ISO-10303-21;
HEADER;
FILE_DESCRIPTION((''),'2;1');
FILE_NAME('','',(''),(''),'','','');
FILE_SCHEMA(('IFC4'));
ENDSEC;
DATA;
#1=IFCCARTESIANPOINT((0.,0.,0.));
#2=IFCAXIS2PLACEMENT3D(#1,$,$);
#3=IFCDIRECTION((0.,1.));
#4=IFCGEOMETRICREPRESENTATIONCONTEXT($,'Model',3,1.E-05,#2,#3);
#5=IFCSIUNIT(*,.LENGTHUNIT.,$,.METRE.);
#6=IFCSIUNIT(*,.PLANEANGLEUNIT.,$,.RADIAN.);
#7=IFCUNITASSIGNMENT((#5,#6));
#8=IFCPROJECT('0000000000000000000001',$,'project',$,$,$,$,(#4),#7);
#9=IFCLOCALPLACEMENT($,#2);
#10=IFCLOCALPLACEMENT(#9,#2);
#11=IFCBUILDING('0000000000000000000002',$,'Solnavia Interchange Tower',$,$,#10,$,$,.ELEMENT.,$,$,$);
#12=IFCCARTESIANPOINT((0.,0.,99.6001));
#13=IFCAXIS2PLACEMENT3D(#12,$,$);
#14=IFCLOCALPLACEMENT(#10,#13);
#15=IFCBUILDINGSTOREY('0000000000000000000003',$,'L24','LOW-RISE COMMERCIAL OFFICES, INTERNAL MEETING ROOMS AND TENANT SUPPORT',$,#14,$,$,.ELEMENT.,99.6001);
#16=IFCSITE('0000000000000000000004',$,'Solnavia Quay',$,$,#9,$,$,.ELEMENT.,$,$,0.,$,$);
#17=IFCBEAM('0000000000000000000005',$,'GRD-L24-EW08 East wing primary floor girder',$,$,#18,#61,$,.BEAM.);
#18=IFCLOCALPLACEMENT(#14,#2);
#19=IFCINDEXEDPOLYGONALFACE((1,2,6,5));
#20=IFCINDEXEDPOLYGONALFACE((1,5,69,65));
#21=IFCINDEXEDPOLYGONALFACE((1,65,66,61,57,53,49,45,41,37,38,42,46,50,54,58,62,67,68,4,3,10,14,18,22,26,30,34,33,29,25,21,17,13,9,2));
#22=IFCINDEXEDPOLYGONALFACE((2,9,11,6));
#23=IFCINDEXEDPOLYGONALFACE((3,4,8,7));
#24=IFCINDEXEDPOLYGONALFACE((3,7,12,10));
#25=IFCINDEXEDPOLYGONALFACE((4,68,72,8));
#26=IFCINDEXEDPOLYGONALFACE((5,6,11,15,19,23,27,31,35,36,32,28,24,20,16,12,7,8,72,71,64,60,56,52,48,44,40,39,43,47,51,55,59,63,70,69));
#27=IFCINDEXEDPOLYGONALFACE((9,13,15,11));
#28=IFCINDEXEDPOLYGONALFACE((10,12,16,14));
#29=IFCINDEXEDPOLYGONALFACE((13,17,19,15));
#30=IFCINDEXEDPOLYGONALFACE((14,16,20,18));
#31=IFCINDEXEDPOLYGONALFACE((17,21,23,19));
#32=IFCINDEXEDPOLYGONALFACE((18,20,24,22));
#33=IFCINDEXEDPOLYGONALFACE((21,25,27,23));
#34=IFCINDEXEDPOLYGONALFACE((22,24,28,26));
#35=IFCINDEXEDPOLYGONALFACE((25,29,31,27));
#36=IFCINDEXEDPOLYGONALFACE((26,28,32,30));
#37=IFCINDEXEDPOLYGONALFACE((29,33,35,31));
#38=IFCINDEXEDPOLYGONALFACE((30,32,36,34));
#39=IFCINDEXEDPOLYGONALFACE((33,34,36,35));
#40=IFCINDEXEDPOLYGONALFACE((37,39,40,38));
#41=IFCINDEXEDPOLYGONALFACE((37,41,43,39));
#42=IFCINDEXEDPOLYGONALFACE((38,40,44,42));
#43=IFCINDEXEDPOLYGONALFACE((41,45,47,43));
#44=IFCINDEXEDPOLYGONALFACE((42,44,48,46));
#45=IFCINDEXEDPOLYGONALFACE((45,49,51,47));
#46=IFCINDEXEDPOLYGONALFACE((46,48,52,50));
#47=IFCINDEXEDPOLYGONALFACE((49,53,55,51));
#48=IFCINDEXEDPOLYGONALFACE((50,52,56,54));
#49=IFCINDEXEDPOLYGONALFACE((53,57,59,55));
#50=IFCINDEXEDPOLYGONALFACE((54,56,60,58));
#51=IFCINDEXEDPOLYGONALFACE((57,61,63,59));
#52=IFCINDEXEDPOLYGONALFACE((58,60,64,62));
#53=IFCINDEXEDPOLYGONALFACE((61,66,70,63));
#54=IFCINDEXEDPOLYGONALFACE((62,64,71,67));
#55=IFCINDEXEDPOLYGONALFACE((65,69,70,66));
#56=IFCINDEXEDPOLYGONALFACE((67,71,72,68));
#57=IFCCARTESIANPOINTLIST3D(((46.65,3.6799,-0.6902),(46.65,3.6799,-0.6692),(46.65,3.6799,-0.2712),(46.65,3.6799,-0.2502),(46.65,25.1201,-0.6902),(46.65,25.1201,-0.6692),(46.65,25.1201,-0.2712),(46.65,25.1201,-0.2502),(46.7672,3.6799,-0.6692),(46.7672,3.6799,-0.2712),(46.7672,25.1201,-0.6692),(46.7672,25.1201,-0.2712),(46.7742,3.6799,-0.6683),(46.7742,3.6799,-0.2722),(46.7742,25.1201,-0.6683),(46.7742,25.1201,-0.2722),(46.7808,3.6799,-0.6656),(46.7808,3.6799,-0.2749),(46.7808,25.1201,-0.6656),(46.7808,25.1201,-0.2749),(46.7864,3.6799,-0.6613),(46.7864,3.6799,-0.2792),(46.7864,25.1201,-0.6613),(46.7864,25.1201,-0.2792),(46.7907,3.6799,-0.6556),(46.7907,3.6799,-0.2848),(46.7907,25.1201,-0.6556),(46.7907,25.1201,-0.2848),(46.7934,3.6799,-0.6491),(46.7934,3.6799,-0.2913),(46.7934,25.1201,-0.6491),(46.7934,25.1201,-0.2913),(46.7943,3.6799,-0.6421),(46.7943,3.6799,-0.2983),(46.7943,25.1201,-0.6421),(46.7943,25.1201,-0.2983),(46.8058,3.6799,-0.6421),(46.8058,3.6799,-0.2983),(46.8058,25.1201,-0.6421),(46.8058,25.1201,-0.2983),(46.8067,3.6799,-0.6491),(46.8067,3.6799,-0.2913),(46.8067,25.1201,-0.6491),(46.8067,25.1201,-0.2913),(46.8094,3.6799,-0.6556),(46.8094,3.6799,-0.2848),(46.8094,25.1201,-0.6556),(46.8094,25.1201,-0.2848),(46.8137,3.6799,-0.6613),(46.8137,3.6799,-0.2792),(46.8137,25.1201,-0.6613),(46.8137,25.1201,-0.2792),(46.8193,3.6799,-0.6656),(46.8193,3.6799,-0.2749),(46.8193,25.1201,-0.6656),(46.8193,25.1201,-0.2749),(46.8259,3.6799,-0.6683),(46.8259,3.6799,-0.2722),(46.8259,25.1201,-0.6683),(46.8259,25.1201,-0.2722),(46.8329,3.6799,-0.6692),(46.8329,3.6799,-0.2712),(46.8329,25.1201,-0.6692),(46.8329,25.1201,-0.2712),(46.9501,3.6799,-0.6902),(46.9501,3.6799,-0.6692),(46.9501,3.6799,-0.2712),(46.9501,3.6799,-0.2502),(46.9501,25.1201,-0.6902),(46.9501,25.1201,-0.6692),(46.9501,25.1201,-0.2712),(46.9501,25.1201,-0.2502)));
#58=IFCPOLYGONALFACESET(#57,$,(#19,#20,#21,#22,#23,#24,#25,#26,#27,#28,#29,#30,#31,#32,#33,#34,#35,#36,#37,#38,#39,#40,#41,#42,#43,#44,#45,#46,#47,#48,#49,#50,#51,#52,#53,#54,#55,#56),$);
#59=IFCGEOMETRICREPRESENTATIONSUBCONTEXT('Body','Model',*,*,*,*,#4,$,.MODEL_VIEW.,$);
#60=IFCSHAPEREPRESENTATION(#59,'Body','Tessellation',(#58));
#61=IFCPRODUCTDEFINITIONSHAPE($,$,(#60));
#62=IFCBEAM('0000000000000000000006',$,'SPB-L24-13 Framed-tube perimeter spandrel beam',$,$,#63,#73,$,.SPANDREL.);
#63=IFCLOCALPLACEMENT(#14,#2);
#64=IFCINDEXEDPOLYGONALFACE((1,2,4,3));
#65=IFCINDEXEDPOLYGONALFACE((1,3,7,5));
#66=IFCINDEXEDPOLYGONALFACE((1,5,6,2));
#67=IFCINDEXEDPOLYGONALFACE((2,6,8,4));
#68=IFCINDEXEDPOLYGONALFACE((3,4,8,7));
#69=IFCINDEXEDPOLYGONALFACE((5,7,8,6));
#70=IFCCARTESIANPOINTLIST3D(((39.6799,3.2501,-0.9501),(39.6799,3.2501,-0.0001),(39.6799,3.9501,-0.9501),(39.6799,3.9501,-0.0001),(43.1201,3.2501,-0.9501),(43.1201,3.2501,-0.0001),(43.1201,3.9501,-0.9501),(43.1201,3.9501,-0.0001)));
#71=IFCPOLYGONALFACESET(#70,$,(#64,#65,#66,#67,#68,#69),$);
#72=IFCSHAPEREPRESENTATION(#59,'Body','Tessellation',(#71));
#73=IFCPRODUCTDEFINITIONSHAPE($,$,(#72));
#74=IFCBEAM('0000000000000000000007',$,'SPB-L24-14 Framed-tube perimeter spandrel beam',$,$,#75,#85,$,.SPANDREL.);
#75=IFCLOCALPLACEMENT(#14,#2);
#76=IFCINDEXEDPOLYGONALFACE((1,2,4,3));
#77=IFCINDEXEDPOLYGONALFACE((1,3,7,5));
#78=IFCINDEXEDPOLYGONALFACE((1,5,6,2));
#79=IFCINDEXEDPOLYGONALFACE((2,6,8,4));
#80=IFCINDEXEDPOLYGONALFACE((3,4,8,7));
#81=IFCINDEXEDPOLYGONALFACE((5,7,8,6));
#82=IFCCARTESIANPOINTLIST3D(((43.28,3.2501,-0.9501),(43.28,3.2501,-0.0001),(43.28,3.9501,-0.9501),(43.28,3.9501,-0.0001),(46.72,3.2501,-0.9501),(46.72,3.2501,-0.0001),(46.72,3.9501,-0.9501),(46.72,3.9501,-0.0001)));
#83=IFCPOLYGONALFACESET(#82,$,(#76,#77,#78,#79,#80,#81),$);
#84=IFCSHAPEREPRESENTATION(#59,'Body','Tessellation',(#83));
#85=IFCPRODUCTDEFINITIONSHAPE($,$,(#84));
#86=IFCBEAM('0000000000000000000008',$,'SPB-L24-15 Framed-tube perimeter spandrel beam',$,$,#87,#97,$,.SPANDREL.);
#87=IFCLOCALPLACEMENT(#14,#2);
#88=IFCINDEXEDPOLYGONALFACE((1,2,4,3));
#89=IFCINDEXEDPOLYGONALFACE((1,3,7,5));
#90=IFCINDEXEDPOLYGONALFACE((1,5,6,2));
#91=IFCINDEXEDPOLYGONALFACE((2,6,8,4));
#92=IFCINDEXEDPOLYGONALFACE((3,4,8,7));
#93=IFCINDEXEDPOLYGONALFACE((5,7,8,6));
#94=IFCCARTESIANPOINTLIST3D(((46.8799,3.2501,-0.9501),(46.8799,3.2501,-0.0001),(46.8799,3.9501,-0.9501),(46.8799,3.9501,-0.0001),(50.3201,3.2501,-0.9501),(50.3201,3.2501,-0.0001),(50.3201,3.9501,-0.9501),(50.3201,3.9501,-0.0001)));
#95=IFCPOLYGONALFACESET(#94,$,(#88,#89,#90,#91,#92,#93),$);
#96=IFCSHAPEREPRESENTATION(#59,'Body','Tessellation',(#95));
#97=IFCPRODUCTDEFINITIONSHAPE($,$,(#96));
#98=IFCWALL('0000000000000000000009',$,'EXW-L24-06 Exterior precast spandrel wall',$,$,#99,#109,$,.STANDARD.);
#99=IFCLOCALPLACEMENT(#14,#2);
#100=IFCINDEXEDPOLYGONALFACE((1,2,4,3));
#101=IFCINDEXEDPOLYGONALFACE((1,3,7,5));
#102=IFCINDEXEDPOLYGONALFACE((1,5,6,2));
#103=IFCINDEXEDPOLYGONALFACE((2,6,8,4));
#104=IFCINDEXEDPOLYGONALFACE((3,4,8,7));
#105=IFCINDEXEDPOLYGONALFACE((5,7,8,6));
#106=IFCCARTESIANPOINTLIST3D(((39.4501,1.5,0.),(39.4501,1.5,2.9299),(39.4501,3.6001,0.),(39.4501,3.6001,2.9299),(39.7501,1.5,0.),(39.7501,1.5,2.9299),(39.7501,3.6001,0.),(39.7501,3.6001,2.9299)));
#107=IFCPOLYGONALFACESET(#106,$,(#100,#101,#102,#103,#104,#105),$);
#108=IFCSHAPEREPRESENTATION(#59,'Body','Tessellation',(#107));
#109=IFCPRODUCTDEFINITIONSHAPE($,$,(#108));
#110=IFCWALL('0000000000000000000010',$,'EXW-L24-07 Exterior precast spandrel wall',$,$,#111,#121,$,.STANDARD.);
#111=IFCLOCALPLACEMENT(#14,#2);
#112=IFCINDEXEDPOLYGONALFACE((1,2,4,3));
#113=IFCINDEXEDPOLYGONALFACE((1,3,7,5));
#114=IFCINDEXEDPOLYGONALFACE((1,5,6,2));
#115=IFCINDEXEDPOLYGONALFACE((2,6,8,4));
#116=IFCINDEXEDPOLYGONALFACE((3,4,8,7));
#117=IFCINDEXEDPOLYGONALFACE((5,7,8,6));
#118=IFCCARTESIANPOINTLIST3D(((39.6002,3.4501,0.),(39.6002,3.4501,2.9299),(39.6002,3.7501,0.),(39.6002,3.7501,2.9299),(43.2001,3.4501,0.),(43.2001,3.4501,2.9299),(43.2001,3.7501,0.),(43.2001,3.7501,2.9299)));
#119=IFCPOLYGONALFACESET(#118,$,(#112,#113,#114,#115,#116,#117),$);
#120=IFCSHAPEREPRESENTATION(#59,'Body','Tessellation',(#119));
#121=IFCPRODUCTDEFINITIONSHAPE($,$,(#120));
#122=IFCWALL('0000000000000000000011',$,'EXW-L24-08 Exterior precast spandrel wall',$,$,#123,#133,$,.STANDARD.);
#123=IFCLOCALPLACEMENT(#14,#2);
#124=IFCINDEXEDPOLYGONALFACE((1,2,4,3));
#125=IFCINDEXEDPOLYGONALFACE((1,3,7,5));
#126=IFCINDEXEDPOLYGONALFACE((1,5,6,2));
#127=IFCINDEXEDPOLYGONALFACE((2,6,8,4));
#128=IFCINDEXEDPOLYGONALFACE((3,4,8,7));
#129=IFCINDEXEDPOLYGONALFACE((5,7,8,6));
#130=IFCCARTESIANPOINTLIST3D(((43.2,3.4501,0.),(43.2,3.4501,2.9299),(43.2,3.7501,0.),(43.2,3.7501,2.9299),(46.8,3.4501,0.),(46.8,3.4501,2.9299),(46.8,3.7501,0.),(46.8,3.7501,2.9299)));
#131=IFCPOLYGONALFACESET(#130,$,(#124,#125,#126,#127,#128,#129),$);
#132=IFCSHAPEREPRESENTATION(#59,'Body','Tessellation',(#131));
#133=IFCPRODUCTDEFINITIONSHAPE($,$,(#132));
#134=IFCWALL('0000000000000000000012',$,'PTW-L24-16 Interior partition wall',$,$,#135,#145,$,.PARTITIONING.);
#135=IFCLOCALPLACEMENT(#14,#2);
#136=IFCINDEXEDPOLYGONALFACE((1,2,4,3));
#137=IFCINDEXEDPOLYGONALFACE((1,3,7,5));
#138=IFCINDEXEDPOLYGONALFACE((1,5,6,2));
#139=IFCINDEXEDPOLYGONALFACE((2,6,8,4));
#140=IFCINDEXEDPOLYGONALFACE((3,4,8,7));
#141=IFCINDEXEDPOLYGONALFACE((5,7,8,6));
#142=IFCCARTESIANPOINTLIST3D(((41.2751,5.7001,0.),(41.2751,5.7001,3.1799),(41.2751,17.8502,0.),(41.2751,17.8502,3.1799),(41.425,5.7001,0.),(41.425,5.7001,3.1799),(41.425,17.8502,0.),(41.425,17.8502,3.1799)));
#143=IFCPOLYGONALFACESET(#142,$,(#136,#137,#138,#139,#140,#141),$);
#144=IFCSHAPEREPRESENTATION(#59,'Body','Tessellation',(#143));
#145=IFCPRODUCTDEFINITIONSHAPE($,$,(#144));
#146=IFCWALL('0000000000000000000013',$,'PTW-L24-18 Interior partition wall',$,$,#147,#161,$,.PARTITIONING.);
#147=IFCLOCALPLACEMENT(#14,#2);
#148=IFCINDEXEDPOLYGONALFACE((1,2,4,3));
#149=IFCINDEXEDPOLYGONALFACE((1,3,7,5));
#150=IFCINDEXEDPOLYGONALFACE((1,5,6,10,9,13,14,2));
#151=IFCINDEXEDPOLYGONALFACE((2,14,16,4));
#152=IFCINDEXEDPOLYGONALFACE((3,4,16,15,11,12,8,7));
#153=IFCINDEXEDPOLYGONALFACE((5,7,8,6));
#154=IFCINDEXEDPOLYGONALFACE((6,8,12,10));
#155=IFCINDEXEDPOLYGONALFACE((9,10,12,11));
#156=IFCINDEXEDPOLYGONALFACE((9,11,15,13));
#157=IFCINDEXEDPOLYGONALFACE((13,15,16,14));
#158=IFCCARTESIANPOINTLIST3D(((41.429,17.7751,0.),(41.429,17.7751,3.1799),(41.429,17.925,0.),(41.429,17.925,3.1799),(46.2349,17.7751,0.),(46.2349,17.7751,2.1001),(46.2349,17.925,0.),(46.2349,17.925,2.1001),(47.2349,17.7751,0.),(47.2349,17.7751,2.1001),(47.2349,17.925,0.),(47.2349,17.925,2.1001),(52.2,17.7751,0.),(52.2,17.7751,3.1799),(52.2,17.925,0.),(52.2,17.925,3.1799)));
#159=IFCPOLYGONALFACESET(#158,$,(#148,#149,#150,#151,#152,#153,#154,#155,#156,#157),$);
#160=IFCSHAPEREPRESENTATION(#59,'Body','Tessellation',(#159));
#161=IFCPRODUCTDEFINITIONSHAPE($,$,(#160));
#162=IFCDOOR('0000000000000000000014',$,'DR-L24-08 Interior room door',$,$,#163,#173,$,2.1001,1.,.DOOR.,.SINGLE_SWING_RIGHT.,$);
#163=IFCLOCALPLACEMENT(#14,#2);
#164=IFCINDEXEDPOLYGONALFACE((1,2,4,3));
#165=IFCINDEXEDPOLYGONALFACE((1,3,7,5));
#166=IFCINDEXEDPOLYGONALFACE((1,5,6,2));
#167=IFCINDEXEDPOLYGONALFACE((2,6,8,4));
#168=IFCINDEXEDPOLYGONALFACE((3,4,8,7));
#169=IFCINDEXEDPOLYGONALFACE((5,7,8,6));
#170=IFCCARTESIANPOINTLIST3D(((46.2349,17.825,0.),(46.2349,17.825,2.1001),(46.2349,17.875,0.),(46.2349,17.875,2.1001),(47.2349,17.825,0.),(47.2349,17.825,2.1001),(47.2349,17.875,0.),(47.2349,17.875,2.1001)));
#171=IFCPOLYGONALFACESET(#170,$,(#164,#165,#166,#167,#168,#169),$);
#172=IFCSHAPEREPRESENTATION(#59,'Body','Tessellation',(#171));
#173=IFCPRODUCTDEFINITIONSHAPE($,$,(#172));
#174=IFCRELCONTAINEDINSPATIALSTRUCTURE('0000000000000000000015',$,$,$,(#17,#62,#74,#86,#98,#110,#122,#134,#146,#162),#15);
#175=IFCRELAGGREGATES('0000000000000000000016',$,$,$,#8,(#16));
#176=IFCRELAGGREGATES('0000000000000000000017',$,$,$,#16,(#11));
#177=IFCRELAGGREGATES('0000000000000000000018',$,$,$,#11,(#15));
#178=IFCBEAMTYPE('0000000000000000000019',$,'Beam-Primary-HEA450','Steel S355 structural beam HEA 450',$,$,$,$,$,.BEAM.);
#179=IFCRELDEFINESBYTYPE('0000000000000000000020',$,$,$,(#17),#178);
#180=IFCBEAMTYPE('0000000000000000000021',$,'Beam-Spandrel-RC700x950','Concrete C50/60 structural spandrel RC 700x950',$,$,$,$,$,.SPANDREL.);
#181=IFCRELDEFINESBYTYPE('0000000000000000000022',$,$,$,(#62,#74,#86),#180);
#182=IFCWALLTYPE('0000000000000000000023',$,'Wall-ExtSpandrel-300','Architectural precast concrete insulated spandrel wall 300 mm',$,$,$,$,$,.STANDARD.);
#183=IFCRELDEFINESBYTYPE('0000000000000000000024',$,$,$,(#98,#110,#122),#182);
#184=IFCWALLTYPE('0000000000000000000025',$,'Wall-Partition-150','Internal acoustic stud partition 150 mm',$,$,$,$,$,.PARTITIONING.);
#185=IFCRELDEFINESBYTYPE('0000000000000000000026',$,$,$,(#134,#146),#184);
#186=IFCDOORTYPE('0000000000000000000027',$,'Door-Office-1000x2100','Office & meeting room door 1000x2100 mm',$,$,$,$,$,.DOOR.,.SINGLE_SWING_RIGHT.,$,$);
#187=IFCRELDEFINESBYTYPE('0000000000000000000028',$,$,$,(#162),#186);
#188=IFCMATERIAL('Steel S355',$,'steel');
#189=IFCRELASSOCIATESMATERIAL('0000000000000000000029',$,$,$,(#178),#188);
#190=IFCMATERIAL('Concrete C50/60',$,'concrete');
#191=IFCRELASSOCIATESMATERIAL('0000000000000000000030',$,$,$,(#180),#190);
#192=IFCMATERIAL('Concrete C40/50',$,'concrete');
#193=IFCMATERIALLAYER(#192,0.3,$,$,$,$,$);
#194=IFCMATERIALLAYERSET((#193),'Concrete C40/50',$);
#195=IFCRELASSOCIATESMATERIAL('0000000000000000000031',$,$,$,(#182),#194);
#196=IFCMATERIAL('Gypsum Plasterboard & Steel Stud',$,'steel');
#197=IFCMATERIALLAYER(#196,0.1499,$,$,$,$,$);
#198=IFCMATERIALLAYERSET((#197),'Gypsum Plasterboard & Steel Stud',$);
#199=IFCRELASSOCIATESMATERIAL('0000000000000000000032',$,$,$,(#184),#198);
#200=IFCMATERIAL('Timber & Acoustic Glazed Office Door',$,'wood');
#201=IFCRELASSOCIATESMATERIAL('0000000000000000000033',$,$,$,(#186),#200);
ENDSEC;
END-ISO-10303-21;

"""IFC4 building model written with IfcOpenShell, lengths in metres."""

from ifc_helpers import new_model, si_unit, direction, frame, frame_2d, origin, origin_2d, place, context, subcontext, project, spatial, rectangle, i_section, extrude, material, layer, layer_set, material_profile, profile_set, type_object, element, fill, save


model = new_model("IFC4")

# Units and contexts
model_context = context("Model", 3, precision=1e-05, world=origin(), true_north=direction((0.0, 1.0)))
body_context = subcontext(model_context, "Body", "Model", "MODEL_VIEW")
ifc_project = project(units=[si_unit("LENGTHUNIT", "METRE"), si_unit("PLANEANGLEUNIT", "RADIAN")], contexts=[model_context])

# Site, building, storey
site_placement = place(None, origin())
site = spatial("IfcSite", under=ifc_project, at=site_placement, Name="Solnavia Quay", CompositionType="ELEMENT", RefElevation=0.0)
building_placement = place(site_placement, origin())
building = spatial("IfcBuilding", under=site, at=building_placement, Name="Solnavia Interchange Tower", CompositionType="ELEMENT")
storey_placement = place(building_placement, frame((0.0, 0.0, 99.6001)))
storey = spatial("IfcBuildingStorey", under=building, at=storey_placement, Name="L24", Description="LOW-RISE COMMERCIAL OFFICES, INTERNAL MEETING ROOMS AND TENANT SUPPORT", CompositionType="ELEMENT", Elevation=99.6001)

# Shared definitions
ifc_material_1 = material(Name="Concrete C50/60", Category="concrete")
ifc_material_2 = material(Name="Steel S355", Category="steel")

# Beams
ifc_material_profile_1 = material_profile(ifc_material_2, i_section(OverallWidth=0.3, OverallDepth=0.4399, WebThickness=0.0115, FlangeThickness=0.021, FilletRadius=0.0271, at=origin_2d()), Name="HEA 450")
ifc_profile_set_1 = profile_set([ifc_material_profile_1], Name="Steel S355")
beam_type_1 = type_object("IfcBeamType", Name="Beam-Primary-HEA450", Description="Steel S355 structural beam HEA 450", PredefinedType="BEAM", material=ifc_profile_set_1)
for number, where, z_axis, x_axis, name in (
    (1, (46.8, 3.6799, -0.4702), (0.0, 1.0, 0.0), (-1.0, 0.0, 0.0), "GRD-L24-EW08 East wing primary floor girder"),
):
    element("IfcBeam", number, at=place(storey_placement, frame(where, z_axis=z_axis, x_axis=x_axis)), inside=storey, type_object=beam_type_1, Name=name, PredefinedType="BEAM", context=body_context, shape_type="SweptSolid", body=[
        extrude(i_section(OverallWidth=0.3, OverallDepth=0.4399, WebThickness=0.0115, FlangeThickness=0.021, FilletRadius=0.0271, at=origin_2d()), origin(), (0.0, 0.0, 1.0), 21.4402),
    ])
ifc_material_profile_2 = material_profile(ifc_material_1, rectangle(XDim=0.7, YDim=0.95, at=origin_2d()), Name="RC 700x950")
ifc_profile_set_2 = profile_set([ifc_material_profile_2], Name="Concrete C50/60")
beam_type_2 = type_object("IfcBeamType", Name="Beam-Spandrel-RC700x950", Description="Concrete C50/60 structural spandrel RC 700x950", PredefinedType="SPANDREL", material=ifc_profile_set_2)
beam_1_placement = place(storey_placement, frame((39.6799, 3.6001, -0.4751), z_axis=(1.0, 0.0, 0.0), x_axis=(0.0, 1.0, 0.0)))
element("IfcBeam", 2, at=beam_1_placement, inside=storey, type_object=beam_type_2, Name="SPB-L24-13 Framed-tube perimeter spandrel beam", PredefinedType="SPANDREL", context=body_context, shape_type="SweptSolid", body=[
    extrude(rectangle(XDim=0.7, YDim=0.95, at=origin_2d()), origin(), (0.0, 0.0, 1.0), 3.4402),
])
beam_2_placement = place(storey_placement, frame((43.28, 3.6001, -0.4751), z_axis=(1.0, 0.0, 0.0), x_axis=(0.0, 1.0, 0.0)))
element("IfcBeam", 3, at=beam_2_placement, inside=storey, type_object=beam_type_2, Name="SPB-L24-14 Framed-tube perimeter spandrel beam", PredefinedType="SPANDREL", context=body_context, shape_type="SweptSolid", body=[
    extrude(rectangle(XDim=0.7, YDim=0.95, at=origin_2d()), origin(), (0.0, 0.0, 1.0), 3.4399),
])
beam_3_placement = place(storey_placement, frame((46.8799, 3.6001, -0.4751), z_axis=(1.0, 0.0, 0.0), x_axis=(0.0, 1.0, 0.0)))
element("IfcBeam", 4, at=beam_3_placement, inside=storey, type_object=beam_type_2, Name="SPB-L24-15 Framed-tube perimeter spandrel beam", PredefinedType="SPANDREL", context=body_context, shape_type="SweptSolid", body=[
    extrude(rectangle(XDim=0.7, YDim=0.95, at=origin_2d()), origin(), (0.0, 0.0, 1.0), 3.4402),
])

# Walls
ifc_material_3 = material(Name="Concrete C40/50", Category="concrete")
ifc_layer_1 = layer(ifc_material_3, 0.3)
ifc_layer_set_1 = layer_set([ifc_layer_1], Name="Concrete C40/50")
wall_type_1 = type_object("IfcWallType", Name="Wall-ExtSpandrel-300", Description="Architectural precast concrete insulated spandrel wall 300 mm", PredefinedType="STANDARD", material=ifc_layer_set_1)
wall_1_placement = place(storey_placement, frame((39.6001, 3.6001, 0.0), z_axis=(0.0, 0.0, 1.0), x_axis=(0.0, -1.0, 0.0)))
element("IfcWall", 5, at=wall_1_placement, inside=storey, type_object=wall_type_1, Name="EXW-L24-06 Exterior precast spandrel wall", PredefinedType="STANDARD", context=body_context, shape_type="SweptSolid", body=[
    extrude(rectangle(XDim=2.1001, YDim=0.3, at=frame_2d((1.05, 0.0))), origin(), (0.0, 0.0, 1.0), 2.9299),
])
wall_2_placement = place(storey_placement, frame((43.2, 3.6001, 0.0), z_axis=(0.0, 0.0, 1.0), x_axis=(-1.0, 0.0, 0.0)))
element("IfcWall", 6, at=wall_2_placement, inside=storey, type_object=wall_type_1, Name="EXW-L24-07 Exterior precast spandrel wall", PredefinedType="STANDARD", context=body_context, shape_type="SweptSolid", body=[
    extrude(rectangle(XDim=3.5999, YDim=0.3, at=frame_2d((1.7998, 0.0))), origin(), (0.0, 0.0, 1.0), 2.9299),
])
wall_3_placement = place(storey_placement, frame((46.8, 3.6001, 0.0), z_axis=(0.0, 0.0, 1.0), x_axis=(-1.0, 0.0, 0.0)))
element("IfcWall", 7, at=wall_3_placement, inside=storey, type_object=wall_type_1, Name="EXW-L24-08 Exterior precast spandrel wall", PredefinedType="STANDARD", context=body_context, shape_type="SweptSolid", body=[
    extrude(rectangle(XDim=3.6001, YDim=0.3, at=frame_2d((1.8, 0.0))), origin(), (0.0, 0.0, 1.0), 2.9299),
])
ifc_material_4 = material(Name="Gypsum Plasterboard & Steel Stud", Category="steel")
ifc_layer_2 = layer(ifc_material_4, 0.1499)
ifc_layer_set_2 = layer_set([ifc_layer_2], Name="Gypsum Plasterboard & Steel Stud")
wall_type_2 = type_object("IfcWallType", Name="Wall-Partition-150", Description="Internal acoustic stud partition 150 mm", PredefinedType="PARTITIONING", material=ifc_layer_set_2)
wall_4_placement = place(storey_placement, frame((41.3501, 5.7, 0.0), z_axis=(0.0, 0.0, 1.0), x_axis=(0.0, 1.0, 0.0)))
element("IfcWall", 8, at=wall_4_placement, inside=storey, type_object=wall_type_2, Name="PTW-L24-16 Interior partition wall", PredefinedType="PARTITIONING", context=body_context, shape_type="SweptSolid", body=[
    extrude(rectangle(XDim=12.1501, YDim=0.1499, at=frame_2d((6.0752, 0.0))), origin(), (0.0, 0.0, 1.0), 3.1799),
])

# Wall, opening, door
wall_5_placement = place(storey_placement, frame((41.429, 17.8501, 0.0), z_axis=(0.0, 0.0, 1.0), x_axis=(1.0, 0.0, 0.0)))
wall_5 = element("IfcWall", 9, at=wall_5_placement, inside=storey, type_object=wall_type_2, Name="PTW-L24-18 Interior partition wall", PredefinedType="PARTITIONING", context=body_context, shape_type="SweptSolid", body=[
    extrude(rectangle(XDim=10.771, YDim=0.1499, at=frame_2d((5.3855, 0.0))), origin(), (0.0, 0.0, 1.0), 3.1799),
])
opening_placement = place(wall_5_placement, frame((4.8059, 0.0, 0.0)))
opening = element("IfcOpeningElement", 10, at=opening_placement, cuts=wall_5, PredefinedType="OPENING", context=body_context, shape_type="SweptSolid", body=[
    extrude(rectangle(XDim=1.0, YDim=2.1001, at=frame_2d((0.5, 1.05))), frame((0.0, 0.085, 0.0), z_axis=(0.0, -1.0, 0.0), x_axis=(1.0, 0.0, 0.0)), (0.0, 0.0, 1.0), 0.1699),
])
ifc_material_5 = material(Name="Timber & Acoustic Glazed Office Door", Category="wood")
door_type = type_object("IfcDoorType", Name="Door-Office-1000x2100", Description="Office & meeting room door 1000x2100 mm", OperationType="SINGLE_SWING_RIGHT", PredefinedType="DOOR", material=ifc_material_5)
door_placement = place(opening_placement, origin())
door = element("IfcDoor", 11, at=door_placement, inside=storey, type_object=door_type, Name="DR-L24-08 Interior room door", OperationType="SINGLE_SWING_RIGHT", OverallHeight=2.1001, OverallWidth=1.0, PredefinedType="DOOR", context=body_context, shape_type="SweptSolid", body=[
    extrude(rectangle(XDim=1.0, YDim=2.1001, at=frame_2d((0.5, 1.05))), frame((0.0, 0.0249, 0.0), z_axis=(0.0, -1.0, 0.0), x_axis=(1.0, 0.0, 0.0)), (0.0, 0.0, 1.0), 0.05),
])
fill(opening, door)

save(model, "model.ifc")
